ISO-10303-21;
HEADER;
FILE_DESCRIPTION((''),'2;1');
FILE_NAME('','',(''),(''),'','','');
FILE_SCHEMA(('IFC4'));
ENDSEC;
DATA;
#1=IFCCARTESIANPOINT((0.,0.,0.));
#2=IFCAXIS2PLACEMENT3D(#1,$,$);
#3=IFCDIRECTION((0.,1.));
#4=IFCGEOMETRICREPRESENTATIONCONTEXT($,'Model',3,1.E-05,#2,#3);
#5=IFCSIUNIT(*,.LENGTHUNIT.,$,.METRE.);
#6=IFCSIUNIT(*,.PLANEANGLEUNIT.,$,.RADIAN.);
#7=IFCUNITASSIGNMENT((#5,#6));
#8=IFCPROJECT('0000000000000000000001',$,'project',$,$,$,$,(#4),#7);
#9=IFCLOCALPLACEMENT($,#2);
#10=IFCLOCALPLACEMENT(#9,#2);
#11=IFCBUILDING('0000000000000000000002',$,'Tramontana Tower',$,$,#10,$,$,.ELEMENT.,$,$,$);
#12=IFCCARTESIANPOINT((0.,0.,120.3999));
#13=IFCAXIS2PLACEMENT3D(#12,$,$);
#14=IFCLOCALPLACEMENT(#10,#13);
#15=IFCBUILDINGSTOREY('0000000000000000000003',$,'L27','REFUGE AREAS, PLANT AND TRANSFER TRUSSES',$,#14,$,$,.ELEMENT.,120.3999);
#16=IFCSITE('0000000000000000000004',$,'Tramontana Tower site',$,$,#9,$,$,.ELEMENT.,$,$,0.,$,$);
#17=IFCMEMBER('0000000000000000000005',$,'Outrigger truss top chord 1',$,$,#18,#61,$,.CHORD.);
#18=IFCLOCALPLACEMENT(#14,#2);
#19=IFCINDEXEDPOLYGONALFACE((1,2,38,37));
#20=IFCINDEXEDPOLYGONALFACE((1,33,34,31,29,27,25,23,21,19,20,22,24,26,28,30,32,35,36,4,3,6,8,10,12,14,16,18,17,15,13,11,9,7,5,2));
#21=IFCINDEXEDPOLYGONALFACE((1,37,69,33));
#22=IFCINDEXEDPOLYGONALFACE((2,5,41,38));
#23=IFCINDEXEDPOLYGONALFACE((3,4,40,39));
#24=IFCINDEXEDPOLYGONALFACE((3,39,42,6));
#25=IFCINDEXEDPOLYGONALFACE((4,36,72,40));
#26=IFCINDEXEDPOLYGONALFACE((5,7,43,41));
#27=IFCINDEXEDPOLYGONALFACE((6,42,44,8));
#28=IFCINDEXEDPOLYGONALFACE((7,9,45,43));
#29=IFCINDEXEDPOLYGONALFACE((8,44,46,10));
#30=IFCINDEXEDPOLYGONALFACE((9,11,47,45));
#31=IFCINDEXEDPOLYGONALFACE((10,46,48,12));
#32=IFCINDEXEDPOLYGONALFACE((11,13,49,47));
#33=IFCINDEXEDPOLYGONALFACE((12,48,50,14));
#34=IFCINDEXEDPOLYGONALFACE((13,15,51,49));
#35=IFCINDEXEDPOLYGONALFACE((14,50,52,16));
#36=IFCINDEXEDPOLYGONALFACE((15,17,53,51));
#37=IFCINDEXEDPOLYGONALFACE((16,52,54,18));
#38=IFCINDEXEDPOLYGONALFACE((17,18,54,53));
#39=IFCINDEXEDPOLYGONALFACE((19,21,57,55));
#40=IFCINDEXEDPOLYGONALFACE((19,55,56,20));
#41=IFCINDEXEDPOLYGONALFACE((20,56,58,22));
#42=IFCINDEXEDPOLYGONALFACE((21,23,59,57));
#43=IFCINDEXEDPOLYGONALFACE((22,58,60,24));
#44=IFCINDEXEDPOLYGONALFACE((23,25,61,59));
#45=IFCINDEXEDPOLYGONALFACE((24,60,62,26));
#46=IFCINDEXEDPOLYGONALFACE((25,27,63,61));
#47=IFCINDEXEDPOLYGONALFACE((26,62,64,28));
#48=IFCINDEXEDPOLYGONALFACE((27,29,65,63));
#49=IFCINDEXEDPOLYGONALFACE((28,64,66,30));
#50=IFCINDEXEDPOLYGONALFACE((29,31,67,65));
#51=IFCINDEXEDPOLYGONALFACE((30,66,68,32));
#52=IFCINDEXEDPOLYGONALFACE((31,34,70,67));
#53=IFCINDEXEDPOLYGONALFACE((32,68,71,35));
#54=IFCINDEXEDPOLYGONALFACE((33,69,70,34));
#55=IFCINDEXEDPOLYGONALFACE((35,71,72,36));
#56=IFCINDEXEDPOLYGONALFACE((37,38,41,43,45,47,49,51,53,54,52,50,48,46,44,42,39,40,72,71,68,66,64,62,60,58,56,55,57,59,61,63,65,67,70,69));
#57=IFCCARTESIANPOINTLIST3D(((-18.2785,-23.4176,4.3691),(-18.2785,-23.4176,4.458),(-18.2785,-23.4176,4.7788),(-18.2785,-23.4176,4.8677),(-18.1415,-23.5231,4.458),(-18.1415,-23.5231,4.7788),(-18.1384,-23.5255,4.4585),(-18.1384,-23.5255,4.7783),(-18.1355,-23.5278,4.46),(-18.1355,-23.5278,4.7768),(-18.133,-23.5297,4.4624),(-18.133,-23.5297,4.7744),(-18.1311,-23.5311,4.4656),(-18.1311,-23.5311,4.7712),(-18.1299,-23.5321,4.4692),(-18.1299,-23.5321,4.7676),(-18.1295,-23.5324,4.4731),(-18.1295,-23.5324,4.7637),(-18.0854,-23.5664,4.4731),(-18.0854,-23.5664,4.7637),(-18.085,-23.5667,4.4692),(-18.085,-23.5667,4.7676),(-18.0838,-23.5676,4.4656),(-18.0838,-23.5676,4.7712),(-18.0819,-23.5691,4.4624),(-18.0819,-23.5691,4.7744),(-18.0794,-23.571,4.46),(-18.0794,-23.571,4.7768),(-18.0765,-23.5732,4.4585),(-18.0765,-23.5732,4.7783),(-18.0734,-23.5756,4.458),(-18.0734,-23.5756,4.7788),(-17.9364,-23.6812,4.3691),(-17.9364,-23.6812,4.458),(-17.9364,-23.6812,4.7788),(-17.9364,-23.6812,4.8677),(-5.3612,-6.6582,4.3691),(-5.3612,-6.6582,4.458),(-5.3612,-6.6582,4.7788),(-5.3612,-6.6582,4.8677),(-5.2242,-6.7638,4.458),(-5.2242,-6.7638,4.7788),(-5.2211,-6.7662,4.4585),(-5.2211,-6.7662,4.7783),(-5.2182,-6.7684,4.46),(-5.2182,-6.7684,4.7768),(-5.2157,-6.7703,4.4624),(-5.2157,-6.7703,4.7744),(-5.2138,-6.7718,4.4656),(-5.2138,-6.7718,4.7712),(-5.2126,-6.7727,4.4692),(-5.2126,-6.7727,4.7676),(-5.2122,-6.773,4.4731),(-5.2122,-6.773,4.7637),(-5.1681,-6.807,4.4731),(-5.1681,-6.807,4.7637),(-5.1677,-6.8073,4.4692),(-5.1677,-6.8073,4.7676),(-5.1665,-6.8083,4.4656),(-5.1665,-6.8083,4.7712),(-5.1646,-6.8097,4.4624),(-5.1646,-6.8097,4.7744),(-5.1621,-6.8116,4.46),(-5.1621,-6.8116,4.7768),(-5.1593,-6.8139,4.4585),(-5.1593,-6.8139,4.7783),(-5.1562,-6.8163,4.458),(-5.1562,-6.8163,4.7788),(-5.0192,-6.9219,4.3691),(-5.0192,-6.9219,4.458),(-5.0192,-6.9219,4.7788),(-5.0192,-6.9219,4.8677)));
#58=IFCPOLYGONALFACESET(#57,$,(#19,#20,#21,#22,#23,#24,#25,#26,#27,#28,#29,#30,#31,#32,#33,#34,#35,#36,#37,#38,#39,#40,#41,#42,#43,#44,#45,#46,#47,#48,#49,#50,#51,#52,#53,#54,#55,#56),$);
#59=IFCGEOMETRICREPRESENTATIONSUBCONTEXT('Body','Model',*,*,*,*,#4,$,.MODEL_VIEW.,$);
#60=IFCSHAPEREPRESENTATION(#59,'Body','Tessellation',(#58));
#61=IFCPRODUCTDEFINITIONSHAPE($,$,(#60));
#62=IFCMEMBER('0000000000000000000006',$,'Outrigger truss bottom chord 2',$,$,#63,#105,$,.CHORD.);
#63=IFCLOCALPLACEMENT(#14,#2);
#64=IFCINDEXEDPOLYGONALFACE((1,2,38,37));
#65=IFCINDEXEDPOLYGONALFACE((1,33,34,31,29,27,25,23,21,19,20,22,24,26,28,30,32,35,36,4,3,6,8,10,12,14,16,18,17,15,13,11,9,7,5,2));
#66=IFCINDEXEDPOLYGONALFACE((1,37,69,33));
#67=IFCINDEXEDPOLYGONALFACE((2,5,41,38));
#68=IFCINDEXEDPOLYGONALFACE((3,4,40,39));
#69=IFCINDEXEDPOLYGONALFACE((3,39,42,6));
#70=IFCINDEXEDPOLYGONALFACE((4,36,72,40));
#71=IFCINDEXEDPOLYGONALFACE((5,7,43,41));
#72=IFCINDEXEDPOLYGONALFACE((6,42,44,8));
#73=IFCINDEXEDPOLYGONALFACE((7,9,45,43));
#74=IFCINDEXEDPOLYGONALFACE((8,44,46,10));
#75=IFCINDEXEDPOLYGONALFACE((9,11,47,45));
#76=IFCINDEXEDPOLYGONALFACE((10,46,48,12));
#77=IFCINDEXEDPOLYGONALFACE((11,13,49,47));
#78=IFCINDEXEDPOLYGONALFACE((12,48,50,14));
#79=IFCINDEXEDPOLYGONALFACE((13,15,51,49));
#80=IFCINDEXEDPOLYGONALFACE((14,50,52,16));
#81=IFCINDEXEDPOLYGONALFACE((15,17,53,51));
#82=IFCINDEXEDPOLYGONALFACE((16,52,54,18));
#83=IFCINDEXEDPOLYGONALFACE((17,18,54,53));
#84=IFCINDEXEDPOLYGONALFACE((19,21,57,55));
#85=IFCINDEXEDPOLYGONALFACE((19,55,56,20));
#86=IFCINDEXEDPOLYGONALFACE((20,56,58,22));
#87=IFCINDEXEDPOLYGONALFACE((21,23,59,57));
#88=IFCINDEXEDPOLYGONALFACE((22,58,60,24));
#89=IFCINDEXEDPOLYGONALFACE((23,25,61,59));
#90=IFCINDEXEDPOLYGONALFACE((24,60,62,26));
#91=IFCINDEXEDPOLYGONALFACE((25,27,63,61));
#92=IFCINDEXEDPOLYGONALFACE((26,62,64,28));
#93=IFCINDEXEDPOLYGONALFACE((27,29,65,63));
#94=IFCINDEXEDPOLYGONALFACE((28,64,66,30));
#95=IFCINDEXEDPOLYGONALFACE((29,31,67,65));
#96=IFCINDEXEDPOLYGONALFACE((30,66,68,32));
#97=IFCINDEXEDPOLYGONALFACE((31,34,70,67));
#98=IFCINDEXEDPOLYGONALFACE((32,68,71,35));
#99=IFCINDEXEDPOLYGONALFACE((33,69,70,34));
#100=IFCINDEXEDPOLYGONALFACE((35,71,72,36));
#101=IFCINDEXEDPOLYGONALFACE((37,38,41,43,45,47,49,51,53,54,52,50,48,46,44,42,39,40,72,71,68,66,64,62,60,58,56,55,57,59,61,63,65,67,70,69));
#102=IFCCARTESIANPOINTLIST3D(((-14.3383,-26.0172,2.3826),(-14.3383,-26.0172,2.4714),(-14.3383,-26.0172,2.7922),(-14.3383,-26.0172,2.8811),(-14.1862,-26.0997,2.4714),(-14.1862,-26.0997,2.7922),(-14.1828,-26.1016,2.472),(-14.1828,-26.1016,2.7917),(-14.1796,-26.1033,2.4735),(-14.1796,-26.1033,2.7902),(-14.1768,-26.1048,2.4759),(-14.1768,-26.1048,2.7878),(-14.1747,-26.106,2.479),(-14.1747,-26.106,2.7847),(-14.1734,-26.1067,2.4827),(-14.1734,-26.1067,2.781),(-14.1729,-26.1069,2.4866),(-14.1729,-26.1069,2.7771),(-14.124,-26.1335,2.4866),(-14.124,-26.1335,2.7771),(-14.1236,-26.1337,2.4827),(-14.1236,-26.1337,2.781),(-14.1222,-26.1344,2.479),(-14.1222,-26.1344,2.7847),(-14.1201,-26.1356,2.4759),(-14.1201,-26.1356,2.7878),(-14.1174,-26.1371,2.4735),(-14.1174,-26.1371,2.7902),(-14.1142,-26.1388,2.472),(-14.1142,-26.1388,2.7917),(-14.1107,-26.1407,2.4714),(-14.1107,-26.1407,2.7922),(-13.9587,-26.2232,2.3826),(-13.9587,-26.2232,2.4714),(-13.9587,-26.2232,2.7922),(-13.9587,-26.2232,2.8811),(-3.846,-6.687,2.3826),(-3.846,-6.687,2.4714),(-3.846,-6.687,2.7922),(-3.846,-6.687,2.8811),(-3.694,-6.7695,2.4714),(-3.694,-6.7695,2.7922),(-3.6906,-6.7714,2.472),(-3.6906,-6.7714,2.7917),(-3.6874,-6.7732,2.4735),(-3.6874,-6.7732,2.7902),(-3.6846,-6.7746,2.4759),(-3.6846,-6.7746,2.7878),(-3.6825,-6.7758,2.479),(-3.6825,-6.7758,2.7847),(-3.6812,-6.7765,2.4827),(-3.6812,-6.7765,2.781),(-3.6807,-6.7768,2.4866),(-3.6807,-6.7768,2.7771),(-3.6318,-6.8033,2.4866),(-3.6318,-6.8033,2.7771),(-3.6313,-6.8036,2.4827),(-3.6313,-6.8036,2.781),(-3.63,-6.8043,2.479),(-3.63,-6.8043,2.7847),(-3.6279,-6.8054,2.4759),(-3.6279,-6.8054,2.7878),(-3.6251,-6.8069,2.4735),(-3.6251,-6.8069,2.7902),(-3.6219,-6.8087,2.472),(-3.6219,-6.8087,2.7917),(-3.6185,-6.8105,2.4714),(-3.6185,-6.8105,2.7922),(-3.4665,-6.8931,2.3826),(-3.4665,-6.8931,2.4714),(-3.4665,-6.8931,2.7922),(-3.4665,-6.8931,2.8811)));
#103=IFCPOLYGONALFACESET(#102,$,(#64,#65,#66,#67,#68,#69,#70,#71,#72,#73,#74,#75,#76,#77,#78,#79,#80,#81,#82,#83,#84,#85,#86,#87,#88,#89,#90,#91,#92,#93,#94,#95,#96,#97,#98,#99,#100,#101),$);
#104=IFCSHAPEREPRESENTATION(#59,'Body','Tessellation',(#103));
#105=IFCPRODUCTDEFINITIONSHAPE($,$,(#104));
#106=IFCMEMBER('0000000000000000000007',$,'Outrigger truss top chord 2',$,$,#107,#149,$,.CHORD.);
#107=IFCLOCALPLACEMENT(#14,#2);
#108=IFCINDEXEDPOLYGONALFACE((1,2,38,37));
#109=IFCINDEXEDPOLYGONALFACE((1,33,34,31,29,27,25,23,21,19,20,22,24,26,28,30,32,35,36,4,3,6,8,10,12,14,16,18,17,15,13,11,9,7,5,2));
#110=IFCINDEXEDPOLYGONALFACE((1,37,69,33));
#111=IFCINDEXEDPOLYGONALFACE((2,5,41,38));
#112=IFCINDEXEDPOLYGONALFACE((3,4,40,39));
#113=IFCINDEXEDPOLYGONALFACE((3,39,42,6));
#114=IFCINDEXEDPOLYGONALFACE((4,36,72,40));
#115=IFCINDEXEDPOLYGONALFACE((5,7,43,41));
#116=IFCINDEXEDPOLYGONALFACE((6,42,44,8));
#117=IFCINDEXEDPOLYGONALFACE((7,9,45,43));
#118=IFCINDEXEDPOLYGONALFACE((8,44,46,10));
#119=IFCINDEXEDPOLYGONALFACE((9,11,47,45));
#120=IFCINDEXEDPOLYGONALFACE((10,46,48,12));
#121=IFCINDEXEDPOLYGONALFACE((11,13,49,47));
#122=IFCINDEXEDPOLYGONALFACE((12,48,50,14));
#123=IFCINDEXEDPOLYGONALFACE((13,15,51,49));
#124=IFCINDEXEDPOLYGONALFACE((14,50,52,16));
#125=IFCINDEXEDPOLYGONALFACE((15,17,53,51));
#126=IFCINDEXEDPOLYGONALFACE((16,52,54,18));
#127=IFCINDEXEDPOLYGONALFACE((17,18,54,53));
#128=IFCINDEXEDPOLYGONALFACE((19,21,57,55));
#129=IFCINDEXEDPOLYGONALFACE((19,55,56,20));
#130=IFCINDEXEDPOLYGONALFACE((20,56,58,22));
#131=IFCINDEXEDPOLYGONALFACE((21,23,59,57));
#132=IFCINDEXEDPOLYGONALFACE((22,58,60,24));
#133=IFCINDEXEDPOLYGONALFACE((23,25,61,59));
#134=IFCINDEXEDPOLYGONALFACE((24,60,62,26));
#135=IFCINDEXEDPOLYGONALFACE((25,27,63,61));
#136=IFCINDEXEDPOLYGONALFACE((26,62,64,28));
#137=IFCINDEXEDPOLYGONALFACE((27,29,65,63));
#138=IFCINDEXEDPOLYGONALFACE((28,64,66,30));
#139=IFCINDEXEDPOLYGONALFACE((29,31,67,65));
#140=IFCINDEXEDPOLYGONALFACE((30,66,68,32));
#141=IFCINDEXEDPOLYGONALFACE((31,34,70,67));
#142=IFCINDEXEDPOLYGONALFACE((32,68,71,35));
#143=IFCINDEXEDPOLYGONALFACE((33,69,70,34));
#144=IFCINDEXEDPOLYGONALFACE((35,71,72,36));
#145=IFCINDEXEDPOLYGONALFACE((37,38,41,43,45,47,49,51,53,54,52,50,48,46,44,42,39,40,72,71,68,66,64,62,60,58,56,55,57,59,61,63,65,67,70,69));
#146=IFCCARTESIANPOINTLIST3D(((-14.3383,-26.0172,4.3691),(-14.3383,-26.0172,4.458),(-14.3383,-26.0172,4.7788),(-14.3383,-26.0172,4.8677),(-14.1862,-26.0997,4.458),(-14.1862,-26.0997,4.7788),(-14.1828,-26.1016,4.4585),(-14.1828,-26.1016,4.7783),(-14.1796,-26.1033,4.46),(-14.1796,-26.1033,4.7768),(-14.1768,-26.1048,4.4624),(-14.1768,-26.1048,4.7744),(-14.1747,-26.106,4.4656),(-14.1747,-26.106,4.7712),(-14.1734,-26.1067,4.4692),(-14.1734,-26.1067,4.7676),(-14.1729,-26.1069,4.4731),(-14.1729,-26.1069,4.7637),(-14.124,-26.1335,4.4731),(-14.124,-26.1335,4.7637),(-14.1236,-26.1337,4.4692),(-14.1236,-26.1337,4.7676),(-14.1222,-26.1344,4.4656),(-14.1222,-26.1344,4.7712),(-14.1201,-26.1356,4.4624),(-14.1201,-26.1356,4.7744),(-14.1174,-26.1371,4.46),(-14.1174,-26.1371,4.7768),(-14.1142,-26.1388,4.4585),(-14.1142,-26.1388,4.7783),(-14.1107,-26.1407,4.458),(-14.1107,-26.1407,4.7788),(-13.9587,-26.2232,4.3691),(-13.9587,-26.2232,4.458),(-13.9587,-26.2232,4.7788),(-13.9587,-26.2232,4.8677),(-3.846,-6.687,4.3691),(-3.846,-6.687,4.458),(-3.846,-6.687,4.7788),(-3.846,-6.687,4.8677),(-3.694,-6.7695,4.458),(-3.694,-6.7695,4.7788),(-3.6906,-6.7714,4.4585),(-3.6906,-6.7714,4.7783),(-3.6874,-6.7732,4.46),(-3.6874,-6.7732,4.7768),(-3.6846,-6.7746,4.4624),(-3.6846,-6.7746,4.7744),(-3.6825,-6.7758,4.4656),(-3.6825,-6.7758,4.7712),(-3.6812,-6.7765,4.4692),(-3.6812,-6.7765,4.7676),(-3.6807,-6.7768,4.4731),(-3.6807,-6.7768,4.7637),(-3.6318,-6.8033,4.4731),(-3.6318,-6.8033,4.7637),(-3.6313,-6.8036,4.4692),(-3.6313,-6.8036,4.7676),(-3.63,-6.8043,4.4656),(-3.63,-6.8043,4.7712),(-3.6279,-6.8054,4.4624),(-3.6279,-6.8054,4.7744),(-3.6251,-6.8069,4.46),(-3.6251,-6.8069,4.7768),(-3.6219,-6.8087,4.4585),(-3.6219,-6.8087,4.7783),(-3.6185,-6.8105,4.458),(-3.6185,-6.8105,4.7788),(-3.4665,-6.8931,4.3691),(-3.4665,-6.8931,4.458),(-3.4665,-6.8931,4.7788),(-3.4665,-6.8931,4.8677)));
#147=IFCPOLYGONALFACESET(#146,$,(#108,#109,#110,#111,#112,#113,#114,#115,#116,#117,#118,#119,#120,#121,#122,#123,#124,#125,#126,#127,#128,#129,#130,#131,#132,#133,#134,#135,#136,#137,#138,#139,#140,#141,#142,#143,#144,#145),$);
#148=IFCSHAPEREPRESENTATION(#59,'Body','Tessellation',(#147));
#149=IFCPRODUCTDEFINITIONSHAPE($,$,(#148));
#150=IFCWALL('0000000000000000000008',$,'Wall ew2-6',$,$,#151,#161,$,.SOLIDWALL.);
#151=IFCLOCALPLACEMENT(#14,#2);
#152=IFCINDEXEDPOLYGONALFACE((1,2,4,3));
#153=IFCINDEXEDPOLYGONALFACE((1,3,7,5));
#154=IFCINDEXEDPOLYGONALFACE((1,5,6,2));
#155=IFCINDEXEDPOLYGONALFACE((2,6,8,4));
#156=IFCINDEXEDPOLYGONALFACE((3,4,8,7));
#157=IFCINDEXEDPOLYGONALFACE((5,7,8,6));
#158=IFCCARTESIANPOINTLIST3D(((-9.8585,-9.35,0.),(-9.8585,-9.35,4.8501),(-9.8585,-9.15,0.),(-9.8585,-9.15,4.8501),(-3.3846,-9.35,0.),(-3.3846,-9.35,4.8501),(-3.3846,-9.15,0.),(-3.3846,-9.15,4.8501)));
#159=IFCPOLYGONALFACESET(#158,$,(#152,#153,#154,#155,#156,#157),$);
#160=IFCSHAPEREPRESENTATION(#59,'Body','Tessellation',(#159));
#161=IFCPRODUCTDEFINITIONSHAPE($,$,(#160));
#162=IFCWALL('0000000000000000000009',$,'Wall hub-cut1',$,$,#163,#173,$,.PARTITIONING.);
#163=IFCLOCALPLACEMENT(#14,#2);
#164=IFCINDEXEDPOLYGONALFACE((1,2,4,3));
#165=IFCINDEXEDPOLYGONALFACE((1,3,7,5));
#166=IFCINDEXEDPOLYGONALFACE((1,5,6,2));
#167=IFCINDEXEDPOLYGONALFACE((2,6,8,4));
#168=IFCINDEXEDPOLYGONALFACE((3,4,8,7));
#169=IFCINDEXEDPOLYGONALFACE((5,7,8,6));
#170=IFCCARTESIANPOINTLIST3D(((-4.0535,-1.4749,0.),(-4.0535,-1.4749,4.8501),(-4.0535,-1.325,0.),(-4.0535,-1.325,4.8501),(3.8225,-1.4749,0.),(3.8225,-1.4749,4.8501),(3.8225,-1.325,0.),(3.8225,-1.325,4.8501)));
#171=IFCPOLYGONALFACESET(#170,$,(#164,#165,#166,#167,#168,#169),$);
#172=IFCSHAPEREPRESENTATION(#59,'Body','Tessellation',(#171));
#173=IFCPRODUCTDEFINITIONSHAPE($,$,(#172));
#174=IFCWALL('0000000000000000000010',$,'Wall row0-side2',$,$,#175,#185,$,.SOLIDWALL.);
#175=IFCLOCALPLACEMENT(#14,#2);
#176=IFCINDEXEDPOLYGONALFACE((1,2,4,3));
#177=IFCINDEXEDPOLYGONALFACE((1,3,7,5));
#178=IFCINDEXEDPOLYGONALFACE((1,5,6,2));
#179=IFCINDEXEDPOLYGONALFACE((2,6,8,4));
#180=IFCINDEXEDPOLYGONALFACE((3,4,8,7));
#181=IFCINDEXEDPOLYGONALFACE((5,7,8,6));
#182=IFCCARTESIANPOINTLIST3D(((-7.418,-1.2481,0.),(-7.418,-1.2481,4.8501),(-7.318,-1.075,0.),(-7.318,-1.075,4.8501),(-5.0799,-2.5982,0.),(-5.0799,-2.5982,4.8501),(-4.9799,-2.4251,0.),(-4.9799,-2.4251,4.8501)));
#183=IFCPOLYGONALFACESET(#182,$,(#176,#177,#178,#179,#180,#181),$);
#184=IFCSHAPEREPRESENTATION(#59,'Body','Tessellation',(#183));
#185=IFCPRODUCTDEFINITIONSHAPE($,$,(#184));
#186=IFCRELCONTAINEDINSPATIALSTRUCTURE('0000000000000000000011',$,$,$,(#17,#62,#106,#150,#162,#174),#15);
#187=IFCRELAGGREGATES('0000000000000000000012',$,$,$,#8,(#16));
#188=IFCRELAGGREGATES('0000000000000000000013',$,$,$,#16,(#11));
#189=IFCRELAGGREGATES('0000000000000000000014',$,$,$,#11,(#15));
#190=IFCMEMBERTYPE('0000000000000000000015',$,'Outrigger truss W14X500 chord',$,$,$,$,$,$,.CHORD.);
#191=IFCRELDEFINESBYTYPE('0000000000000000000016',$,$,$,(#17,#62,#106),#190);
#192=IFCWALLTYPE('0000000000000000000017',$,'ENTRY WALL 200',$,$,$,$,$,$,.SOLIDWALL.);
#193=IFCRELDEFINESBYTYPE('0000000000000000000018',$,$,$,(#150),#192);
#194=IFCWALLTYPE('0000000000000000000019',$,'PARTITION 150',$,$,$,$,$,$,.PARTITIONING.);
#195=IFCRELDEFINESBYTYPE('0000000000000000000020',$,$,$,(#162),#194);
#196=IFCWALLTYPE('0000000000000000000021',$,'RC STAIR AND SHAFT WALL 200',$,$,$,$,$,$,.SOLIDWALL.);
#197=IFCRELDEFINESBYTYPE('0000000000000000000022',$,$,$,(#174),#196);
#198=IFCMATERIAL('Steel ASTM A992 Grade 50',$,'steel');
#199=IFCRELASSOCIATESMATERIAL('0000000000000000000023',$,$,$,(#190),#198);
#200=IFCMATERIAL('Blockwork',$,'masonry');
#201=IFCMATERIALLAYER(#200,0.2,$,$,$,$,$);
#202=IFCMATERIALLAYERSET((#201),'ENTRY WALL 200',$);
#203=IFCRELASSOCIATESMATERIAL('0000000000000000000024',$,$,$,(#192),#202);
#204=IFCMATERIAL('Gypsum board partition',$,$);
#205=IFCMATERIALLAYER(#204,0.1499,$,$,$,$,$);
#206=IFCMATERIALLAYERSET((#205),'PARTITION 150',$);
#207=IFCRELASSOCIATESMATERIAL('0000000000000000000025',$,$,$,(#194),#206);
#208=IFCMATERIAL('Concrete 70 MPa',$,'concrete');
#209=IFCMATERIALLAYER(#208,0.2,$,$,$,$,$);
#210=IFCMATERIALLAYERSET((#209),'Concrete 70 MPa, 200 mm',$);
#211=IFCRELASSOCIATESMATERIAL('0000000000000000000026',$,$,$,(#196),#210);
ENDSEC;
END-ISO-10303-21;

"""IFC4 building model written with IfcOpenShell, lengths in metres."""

from ifc_helpers import new_model, si_unit, direction, frame, frame_2d, origin, origin_2d, place, context, subcontext, project, spatial, rectangle, i_section, extrude, material, layer, layer_set, material_profile, profile_set, type_object, element, save


model = new_model("IFC4")

# Units and contexts
model_context = context("Model", 3, precision=1e-05, world=origin(), true_north=direction((0.0, 1.0)))
body_context = subcontext(model_context, "Body", "Model", "MODEL_VIEW")
ifc_project = project(units=[si_unit("LENGTHUNIT", "METRE"), si_unit("PLANEANGLEUNIT", "RADIAN")], contexts=[model_context])

# Site, building, storey
site_placement = place(None, origin())
site = spatial("IfcSite", under=ifc_project, at=site_placement, Name="Tramontana Tower site", CompositionType="ELEMENT", RefElevation=0.0)
building_placement = place(site_placement, origin())
building = spatial("IfcBuilding", under=site, at=building_placement, Name="Tramontana Tower", CompositionType="ELEMENT")
storey_placement = place(building_placement, frame((0.0, 0.0, 120.3999)))
storey = spatial("IfcBuildingStorey", under=building, at=storey_placement, Name="L27", Description="REFUGE AREAS, PLANT AND TRANSFER TRUSSES", CompositionType="ELEMENT", Elevation=120.3999)

# Members
ifc_material_1 = material(Name="Steel ASTM A992 Grade 50", Category="steel")
ifc_material_profile_1 = material_profile(ifc_material_1, i_section(OverallWidth=0.4319, OverallDepth=0.4985, WebThickness=0.0557, FlangeThickness=0.0889, FilletRadius=0.0151, at=origin_2d()), Name="W14X500")
ifc_profile_set_1 = profile_set([ifc_material_profile_1], Name="Steel ASTM A992 Grade 50")
member_type_1 = type_object("IfcMemberType", Name="Outrigger truss W14X500 chord", PredefinedType="CHORD", material=ifc_profile_set_1)
for number, where, z_axis, x_axis, name in (
    (1, (-5.1902, -6.79, 4.6184), (-0.610467, -0.792042, 0.0), (0.792042, -0.610467, 0.0), "Outrigger truss top chord 1"),
):
    element("IfcMember", number, at=place(storey_placement, frame(where, z_axis=z_axis, x_axis=x_axis)), inside=storey, type_object=member_type_1, Name=name, PredefinedType="CHORD", context=body_context, shape_type="SweptSolid", body=[
        extrude(i_section(OverallWidth=0.4319, OverallDepth=0.4985, WebThickness=0.0557, FlangeThickness=0.0889, FilletRadius=0.0151, at=origin_2d()), origin(), (0.0, 0.0, 1.0), 21.1597),
    ])
for number, where, z_axis, x_axis, name in (
    (2, (-3.6562, -6.79, 2.6318), (-0.477047, -0.878878, 0.0), (0.878878, -0.477047, 0.0), "Outrigger truss bottom chord 2"),
    (3, (-3.6562, -6.79, 4.6184), (-0.477047, -0.878878, 0.0), (0.878878, -0.477047, 0.0), "Outrigger truss top chord 2"),
):
    element("IfcMember", number, at=place(storey_placement, frame(where, z_axis=z_axis, x_axis=x_axis)), inside=storey, type_object=member_type_1, Name=name, PredefinedType="CHORD", context=body_context, shape_type="SweptSolid", body=[
        extrude(i_section(OverallWidth=0.4319, OverallDepth=0.4985, WebThickness=0.0557, FlangeThickness=0.0889, FilletRadius=0.0151, at=origin_2d()), origin(), (0.0, 0.0, 1.0), 21.9941),
    ])

# Walls
ifc_material_2 = material(Name="Blockwork", Category="masonry")
ifc_layer_1 = layer(ifc_material_2, 0.2)
ifc_layer_set_1 = layer_set([ifc_layer_1], Name="ENTRY WALL 200")
wall_type_1 = type_object("IfcWallType", Name="ENTRY WALL 200", PredefinedType="SOLIDWALL", material=ifc_layer_set_1)
wall_1_placement = place(storey_placement, frame((-3.3848, -9.25, 0.0), z_axis=(0.0, 0.0, 1.0), x_axis=(-1.0, 0.0, 0.0)))
element("IfcWall", 4, at=wall_1_placement, inside=storey, type_object=wall_type_1, Name="Wall ew2-6", PredefinedType="SOLIDWALL", context=body_context, shape_type="SweptSolid", body=[
    extrude(rectangle(XDim=6.4739, YDim=0.2, at=frame_2d((3.2368, 0.0))), origin(), (0.0, 0.0, 1.0), 4.8501),
])
ifc_material_3 = material(Name="Gypsum board partition")
ifc_layer_2 = layer(ifc_material_3, 0.1499)
ifc_layer_set_2 = layer_set([ifc_layer_2], Name="PARTITION 150")
wall_type_2 = type_object("IfcWallType", Name="PARTITION 150", PredefinedType="PARTITIONING", material=ifc_layer_set_2)
wall_2_placement = place(storey_placement, frame((-4.0535, -1.3999, 0.0), z_axis=(0.0, 0.0, 1.0), x_axis=(1.0, 0.0, 0.0)))
element("IfcWall", 5, at=wall_2_placement, inside=storey, type_object=wall_type_2, Name="Wall hub-cut1", PredefinedType="PARTITIONING", context=body_context, shape_type="SweptSolid", body=[
    extrude(rectangle(XDim=7.876, YDim=0.1499, at=frame_2d((3.938, 0.0))), origin(), (0.0, 0.0, 1.0), 4.8501),
])
ifc_material_4 = material(Name="Concrete 70 MPa", Category="concrete")
ifc_layer_3 = layer(ifc_material_4, 0.2)
ifc_layer_set_3 = layer_set([ifc_layer_3], Name="Concrete 70 MPa, 200 mm")
wall_type_3 = type_object("IfcWallType", Name="RC STAIR AND SHAFT WALL 200", PredefinedType="SOLIDWALL", material=ifc_layer_set_3)
wall_3_placement = place(storey_placement, frame((-5.0298, -2.5117, 0.0), z_axis=(0.0, 0.0, 1.0), x_axis=(-0.865997, 0.500049, 0.0)))
element("IfcWall", 6, at=wall_3_placement, inside=storey, type_object=wall_type_3, Name="Wall row0-side2", PredefinedType="SOLIDWALL", context=body_context, shape_type="SweptSolid", body=[
    extrude(rectangle(XDim=2.7, YDim=0.2, at=frame_2d((1.3501, 0.0))), origin(), (0.0, 0.0, 1.0), 4.8501),
])

save(model, "model.ifc")
